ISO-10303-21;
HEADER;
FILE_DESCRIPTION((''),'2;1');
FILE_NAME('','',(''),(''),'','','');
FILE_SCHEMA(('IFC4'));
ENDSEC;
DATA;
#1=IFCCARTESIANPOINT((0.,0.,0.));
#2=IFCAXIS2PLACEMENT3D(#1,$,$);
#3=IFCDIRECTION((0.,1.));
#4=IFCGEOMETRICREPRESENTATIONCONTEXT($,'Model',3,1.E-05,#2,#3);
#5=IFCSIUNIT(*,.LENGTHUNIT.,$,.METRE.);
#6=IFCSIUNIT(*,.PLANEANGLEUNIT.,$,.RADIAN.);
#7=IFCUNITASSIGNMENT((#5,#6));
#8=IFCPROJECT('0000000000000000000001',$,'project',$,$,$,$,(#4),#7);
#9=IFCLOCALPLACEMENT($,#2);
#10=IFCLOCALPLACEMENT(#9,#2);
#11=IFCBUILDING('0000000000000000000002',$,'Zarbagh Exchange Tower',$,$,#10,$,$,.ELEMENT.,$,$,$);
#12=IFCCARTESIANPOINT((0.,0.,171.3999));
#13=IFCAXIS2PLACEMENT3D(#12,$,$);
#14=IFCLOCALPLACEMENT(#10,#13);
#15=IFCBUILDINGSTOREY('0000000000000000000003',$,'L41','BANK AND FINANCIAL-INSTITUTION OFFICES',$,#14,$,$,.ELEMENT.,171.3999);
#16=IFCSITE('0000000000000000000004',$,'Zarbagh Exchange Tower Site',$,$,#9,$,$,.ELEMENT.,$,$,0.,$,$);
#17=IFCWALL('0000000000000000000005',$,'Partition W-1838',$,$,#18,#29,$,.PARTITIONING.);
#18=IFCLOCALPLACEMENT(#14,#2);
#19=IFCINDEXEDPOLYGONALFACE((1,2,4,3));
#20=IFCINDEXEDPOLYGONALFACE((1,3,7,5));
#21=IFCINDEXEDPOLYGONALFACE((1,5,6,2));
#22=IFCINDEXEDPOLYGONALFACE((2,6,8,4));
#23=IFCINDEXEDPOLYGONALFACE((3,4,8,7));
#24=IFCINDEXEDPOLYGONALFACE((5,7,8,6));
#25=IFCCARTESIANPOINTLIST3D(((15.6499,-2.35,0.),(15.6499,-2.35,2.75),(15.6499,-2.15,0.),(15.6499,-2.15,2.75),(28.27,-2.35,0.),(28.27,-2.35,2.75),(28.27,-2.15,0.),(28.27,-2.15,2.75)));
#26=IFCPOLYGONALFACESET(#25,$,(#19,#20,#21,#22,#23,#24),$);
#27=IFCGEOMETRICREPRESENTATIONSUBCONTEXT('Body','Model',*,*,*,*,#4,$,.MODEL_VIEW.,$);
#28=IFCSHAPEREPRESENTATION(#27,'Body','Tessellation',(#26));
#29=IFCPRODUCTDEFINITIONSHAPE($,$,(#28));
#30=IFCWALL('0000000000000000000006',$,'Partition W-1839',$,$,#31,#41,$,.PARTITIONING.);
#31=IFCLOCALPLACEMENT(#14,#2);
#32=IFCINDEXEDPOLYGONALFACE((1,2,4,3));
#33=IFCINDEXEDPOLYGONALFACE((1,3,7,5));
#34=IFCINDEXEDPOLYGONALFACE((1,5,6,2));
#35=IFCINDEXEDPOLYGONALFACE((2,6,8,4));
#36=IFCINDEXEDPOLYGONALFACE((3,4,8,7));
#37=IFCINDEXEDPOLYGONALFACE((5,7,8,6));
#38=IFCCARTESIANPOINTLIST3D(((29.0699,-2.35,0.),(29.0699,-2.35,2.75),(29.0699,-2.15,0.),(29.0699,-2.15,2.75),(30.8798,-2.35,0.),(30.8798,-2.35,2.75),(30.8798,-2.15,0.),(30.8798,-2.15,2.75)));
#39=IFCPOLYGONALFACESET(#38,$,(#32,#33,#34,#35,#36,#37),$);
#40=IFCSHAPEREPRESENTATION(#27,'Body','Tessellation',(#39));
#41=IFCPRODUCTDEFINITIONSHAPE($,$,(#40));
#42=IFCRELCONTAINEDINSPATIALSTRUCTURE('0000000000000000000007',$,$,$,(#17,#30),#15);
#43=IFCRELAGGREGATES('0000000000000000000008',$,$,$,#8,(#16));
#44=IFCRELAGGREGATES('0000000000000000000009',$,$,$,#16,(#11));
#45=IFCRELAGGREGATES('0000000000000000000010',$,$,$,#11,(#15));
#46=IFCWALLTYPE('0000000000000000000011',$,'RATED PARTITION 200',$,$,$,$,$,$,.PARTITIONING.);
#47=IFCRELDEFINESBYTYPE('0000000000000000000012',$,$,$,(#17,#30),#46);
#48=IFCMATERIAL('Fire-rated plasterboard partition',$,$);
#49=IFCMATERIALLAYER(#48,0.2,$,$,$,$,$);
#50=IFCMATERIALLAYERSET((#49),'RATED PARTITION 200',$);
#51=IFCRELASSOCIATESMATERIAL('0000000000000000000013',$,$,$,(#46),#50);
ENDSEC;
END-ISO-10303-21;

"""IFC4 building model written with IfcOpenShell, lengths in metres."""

from ifc_helpers import new_model, si_unit, direction, frame, frame_2d, origin, place, context, subcontext, project, spatial, rectangle, extrude, material, layer, layer_set, type_object, element, save


model = new_model("IFC4")

# Units and contexts
model_context = context("Model", 3, precision=1e-05, world=origin(), true_north=direction((0.0, 1.0)))
body_context = subcontext(model_context, "Body", "Model", "MODEL_VIEW")
ifc_project = project(units=[si_unit("LENGTHUNIT", "METRE"), si_unit("PLANEANGLEUNIT", "RADIAN")], contexts=[model_context])

# Site, building, storey
site_placement = place(None, origin())
site = spatial("IfcSite", under=ifc_project, at=site_placement, Name="Zarbagh Exchange Tower Site", CompositionType="ELEMENT", RefElevation=0.0)
building_placement = place(site_placement, origin())
building = spatial("IfcBuilding", under=site, at=building_placement, Name="Zarbagh Exchange Tower", CompositionType="ELEMENT")
storey_placement = place(building_placement, frame((0.0, 0.0, 171.3999)))
storey = spatial("IfcBuildingStorey", under=building, at=storey_placement, Name="L41", Description="BANK AND FINANCIAL-INSTITUTION OFFICES", CompositionType="ELEMENT", Elevation=171.3999)

# Shared definitions
ifc_material_1 = material(Name="Fire-rated plasterboard partition")
ifc_layer = layer(ifc_material_1, 0.2)
ifc_layer_set = layer_set([ifc_layer], Name="RATED PARTITION 200")
wall_type = type_object("IfcWallType", Name="RATED PARTITION 200", PredefinedType="PARTITIONING", material=ifc_layer_set)

# Walls
wall_1_placement = place(storey_placement, frame((15.6499, -2.25, 0.0), z_axis=(0.0, 0.0, 1.0), x_axis=(1.0, 0.0, 0.0)))
element("IfcWall", 1, at=wall_1_placement, inside=storey, type_object=wall_type, Name="Partition W-1838", PredefinedType="PARTITIONING", context=body_context, shape_type="SweptSolid", body=[
    extrude(rectangle(XDim=12.6201, YDim=0.2, at=frame_2d((6.3101, 0.0))), origin(), (0.0, 0.0, 1.0), 2.75),
])
wall_2_placement = place(storey_placement, frame((29.0701, -2.25, 0.0), z_axis=(0.0, 0.0, 1.0), x_axis=(1.0, 0.0, 0.0)))
element("IfcWall", 2, at=wall_2_placement, inside=storey, type_object=wall_type, Name="Partition W-1839", PredefinedType="PARTITIONING", context=body_context, shape_type="SweptSolid", body=[
    extrude(rectangle(XDim=1.8098, YDim=0.2, at=frame_2d((0.9048, 0.0))), origin(), (0.0, 0.0, 1.0), 2.75),
])

save(model, "model.ifc")
